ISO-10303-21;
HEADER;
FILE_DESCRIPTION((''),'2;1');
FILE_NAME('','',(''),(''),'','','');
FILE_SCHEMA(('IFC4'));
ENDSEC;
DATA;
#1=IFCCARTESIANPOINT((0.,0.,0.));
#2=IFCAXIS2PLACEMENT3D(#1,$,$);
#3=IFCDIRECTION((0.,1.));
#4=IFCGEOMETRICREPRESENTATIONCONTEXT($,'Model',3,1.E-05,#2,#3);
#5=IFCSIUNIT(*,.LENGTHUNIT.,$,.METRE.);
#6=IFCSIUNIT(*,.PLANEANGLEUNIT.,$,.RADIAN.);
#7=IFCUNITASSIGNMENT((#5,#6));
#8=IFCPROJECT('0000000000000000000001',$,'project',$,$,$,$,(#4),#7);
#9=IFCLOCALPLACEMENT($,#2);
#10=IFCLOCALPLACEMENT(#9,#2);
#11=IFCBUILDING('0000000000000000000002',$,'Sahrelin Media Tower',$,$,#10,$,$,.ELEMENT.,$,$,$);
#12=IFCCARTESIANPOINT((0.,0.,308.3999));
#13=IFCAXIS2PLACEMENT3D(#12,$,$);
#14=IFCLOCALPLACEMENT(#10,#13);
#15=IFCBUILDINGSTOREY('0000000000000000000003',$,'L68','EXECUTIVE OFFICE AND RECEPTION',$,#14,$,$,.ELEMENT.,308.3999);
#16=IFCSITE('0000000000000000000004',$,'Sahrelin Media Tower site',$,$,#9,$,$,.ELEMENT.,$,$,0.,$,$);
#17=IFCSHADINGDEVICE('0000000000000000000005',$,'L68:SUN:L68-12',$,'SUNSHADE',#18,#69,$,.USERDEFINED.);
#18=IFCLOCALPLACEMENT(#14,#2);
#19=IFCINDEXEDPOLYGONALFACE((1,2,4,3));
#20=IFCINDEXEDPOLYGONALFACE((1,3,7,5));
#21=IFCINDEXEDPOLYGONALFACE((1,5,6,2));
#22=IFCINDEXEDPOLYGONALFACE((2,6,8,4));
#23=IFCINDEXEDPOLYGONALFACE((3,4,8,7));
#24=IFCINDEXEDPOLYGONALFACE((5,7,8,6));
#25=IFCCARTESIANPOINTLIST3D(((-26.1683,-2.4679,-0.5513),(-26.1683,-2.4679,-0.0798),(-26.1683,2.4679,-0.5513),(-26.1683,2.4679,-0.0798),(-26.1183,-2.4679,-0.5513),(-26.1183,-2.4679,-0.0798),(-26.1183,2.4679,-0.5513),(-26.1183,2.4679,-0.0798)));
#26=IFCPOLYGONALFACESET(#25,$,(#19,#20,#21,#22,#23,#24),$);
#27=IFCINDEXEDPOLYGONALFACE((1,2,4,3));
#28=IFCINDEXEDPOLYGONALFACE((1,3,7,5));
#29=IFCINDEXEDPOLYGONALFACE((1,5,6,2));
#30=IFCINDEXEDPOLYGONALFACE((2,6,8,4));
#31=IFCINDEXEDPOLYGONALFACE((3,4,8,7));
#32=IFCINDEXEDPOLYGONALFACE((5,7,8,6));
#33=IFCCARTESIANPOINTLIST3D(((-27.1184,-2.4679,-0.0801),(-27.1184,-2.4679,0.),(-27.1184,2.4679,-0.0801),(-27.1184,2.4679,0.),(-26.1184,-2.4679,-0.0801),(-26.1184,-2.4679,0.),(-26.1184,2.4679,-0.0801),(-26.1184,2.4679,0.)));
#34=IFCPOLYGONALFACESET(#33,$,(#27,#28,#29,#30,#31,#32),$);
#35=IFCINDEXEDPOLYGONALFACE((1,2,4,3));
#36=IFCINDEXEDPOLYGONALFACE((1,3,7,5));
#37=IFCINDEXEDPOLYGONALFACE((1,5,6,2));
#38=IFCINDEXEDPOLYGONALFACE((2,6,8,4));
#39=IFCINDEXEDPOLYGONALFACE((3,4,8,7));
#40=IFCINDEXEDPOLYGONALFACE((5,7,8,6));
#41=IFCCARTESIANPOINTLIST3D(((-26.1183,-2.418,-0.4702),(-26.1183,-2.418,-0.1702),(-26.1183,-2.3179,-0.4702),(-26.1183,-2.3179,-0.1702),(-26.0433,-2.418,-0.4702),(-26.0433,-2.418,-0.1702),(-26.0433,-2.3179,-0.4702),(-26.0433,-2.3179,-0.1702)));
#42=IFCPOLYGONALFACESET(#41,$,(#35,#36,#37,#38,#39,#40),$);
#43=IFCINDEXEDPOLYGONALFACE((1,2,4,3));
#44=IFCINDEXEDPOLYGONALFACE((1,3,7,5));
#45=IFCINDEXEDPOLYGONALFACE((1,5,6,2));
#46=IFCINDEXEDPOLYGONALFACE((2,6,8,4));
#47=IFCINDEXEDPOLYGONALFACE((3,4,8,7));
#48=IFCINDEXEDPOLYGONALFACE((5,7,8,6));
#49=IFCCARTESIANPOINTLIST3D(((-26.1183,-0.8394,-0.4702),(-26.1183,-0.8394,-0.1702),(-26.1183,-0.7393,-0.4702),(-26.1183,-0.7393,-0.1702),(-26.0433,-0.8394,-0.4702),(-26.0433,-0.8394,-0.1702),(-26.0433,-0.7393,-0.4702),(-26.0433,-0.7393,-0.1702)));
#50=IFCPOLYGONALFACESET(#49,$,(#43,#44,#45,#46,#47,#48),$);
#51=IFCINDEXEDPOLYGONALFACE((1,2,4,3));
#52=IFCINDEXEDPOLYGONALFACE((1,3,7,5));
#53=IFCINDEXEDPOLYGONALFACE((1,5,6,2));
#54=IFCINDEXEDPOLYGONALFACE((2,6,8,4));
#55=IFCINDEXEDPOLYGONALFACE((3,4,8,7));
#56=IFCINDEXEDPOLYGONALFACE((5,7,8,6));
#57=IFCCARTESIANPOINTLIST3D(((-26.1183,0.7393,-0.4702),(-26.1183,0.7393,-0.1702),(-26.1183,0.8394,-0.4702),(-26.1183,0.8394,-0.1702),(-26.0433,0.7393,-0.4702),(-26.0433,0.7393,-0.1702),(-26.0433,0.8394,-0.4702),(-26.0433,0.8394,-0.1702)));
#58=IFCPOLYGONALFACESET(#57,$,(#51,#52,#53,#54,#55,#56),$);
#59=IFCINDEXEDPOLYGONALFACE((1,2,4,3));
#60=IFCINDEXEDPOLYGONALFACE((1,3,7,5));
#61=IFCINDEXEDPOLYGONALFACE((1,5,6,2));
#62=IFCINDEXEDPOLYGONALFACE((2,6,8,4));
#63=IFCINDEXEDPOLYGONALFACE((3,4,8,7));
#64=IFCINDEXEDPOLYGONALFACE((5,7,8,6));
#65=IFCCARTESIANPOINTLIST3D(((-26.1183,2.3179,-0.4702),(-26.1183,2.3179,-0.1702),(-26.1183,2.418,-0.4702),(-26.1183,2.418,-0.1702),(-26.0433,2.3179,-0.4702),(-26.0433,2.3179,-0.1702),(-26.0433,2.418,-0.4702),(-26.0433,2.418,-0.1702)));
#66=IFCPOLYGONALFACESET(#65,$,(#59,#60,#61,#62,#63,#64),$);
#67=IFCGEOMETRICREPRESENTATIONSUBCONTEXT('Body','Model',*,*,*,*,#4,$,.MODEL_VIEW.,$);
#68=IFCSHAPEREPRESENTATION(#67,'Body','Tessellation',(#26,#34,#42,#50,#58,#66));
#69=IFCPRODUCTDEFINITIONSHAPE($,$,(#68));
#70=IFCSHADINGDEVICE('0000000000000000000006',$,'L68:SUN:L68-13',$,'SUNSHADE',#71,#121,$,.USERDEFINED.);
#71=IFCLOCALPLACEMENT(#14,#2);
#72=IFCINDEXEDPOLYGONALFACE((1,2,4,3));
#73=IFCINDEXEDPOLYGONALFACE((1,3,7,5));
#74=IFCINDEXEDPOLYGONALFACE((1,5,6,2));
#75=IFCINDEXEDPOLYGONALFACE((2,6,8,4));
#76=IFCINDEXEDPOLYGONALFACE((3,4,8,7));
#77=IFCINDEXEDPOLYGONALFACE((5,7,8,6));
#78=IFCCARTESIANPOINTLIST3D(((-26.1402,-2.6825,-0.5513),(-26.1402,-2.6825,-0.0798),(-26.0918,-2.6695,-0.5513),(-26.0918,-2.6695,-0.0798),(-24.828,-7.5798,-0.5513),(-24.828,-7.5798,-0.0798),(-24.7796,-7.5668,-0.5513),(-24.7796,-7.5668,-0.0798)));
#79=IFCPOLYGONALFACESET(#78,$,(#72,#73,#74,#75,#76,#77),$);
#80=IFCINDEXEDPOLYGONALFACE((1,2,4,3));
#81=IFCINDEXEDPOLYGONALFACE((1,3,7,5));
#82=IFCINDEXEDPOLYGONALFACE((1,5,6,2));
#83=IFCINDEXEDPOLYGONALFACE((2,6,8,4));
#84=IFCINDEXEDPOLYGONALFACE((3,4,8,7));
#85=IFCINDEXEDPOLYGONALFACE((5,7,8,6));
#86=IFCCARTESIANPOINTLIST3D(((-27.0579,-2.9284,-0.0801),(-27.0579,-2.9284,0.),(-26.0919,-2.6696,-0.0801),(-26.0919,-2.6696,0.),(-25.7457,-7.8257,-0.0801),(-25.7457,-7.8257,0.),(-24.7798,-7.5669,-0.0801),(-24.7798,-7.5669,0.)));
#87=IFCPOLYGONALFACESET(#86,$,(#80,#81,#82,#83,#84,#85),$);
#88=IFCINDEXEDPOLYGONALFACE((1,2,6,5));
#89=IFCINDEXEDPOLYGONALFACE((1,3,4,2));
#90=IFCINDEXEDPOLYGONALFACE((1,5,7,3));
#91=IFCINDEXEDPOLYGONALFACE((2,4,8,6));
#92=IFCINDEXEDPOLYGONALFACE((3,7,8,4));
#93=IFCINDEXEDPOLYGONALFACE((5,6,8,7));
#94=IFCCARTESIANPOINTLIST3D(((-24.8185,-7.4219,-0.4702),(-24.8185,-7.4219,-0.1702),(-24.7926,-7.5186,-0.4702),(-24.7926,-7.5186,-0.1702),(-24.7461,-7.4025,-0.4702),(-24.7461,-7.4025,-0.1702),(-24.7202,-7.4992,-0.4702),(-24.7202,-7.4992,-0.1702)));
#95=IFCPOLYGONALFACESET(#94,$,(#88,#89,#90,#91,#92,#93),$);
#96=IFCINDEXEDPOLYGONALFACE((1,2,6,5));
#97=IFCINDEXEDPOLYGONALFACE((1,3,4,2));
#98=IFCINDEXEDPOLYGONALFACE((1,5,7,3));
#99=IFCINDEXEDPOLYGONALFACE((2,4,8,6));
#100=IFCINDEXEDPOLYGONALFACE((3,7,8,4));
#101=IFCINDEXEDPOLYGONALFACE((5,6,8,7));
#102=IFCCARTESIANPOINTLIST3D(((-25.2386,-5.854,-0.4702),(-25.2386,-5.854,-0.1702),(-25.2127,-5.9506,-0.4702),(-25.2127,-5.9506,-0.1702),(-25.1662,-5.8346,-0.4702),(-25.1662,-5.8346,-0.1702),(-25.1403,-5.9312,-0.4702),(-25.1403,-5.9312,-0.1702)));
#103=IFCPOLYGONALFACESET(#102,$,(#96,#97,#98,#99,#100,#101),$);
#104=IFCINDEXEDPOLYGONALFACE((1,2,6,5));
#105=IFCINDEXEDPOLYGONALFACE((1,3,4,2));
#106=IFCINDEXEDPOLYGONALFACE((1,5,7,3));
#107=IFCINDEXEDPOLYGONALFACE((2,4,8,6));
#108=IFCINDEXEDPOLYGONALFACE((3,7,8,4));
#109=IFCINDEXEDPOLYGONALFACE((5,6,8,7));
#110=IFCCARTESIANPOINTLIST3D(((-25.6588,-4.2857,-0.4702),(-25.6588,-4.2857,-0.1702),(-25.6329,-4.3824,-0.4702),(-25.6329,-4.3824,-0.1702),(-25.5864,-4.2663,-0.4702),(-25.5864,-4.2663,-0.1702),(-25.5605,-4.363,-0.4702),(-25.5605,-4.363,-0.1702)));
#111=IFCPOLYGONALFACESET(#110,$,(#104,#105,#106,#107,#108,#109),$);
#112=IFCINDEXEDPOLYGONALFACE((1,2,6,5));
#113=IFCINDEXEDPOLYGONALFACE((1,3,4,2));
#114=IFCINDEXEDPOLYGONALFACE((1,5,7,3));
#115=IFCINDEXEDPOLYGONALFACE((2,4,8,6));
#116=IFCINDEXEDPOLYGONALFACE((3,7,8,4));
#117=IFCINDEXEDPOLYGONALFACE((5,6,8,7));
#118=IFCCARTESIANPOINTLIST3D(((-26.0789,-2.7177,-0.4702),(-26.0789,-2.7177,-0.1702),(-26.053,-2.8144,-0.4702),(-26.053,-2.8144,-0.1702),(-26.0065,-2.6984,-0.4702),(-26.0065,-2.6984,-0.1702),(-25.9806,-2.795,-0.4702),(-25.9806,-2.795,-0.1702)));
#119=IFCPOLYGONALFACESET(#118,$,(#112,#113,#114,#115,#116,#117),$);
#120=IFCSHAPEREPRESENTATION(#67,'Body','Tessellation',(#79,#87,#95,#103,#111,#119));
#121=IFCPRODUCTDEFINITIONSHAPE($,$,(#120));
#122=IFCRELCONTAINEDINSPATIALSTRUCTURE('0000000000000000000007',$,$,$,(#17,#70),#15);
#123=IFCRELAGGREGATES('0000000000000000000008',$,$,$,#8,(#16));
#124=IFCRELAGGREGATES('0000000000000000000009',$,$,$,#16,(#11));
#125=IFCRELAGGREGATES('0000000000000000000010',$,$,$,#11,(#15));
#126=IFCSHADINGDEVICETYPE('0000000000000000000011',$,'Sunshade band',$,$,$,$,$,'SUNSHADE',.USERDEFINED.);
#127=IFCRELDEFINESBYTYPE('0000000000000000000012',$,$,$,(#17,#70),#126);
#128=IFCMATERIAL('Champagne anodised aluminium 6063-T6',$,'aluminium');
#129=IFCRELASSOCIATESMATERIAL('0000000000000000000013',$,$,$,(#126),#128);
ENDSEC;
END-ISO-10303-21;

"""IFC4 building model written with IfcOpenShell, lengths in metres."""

from ifc_helpers import new_model, si_unit, direction, frame, origin, origin_2d, place, context, subcontext, project, spatial, rectangle, extrude, material, type_object, element, save


model = new_model("IFC4")

# Units and contexts
model_context = context("Model", 3, precision=1e-05, world=origin(), true_north=direction((0.0, 1.0)))
body_context = subcontext(model_context, "Body", "Model", "MODEL_VIEW")
ifc_project = project(units=[si_unit("LENGTHUNIT", "METRE"), si_unit("PLANEANGLEUNIT", "RADIAN")], contexts=[model_context])

# Site, building, storey
site_placement = place(None, origin())
site = spatial("IfcSite", under=ifc_project, at=site_placement, Name="Sahrelin Media Tower site", CompositionType="ELEMENT", RefElevation=0.0)
building_placement = place(site_placement, origin())
building = spatial("IfcBuilding", under=site, at=building_placement, Name="Sahrelin Media Tower", CompositionType="ELEMENT")
storey_placement = place(building_placement, frame((0.0, 0.0, 308.3999)))
storey = spatial("IfcBuildingStorey", under=building, at=storey_placement, Name="L68", Description="EXECUTIVE OFFICE AND RECEPTION", CompositionType="ELEMENT", Elevation=308.3999)

# Shared definitions
ifc_material_1 = material(Name="Champagne anodised aluminium 6063-T6", Category="aluminium")

# Shading devices
placement_1 = place(storey_placement, frame((-26.0984, 0.0, 0.0), z_axis=(0.0, 0.0, 1.0), x_axis=(0.0, 1.0, 0.0)))
placement_2 = place(storey_placement, frame((-25.4165, -5.113, 0.0), z_axis=(0.0, 0.0, 1.0), x_axis=(-0.258808, 0.965929, 0.0)))
shading_device_type_1 = type_object("IfcShadingDeviceType", Name="Sunshade band", ElementType="SUNSHADE", PredefinedType="USERDEFINED", material=ifc_material_1)
element("IfcShadingDevice", 1, at=placement_1, inside=storey, type_object=shading_device_type_1, Name="L68:SUN:L68-12", ObjectType="SUNSHADE", PredefinedType="USERDEFINED", context=body_context, shape_type="SweptSolid", body=[
    extrude(rectangle(XDim=4.9358, YDim=0.05, at=origin_2d()), frame((0.0, 0.0449, -0.5513)), (0.0, 0.0, 1.0), 0.4714),
    extrude(rectangle(XDim=4.9358, YDim=1.0, at=origin_2d()), frame((0.0, 0.52, -0.0801)), (0.0, 0.0, 1.0), 0.0801),
    extrude(rectangle(XDim=0.1001, YDim=0.075, at=origin_2d()), frame((-2.3679, -0.0176, -0.4702)), (0.0, 0.0, 1.0), 0.3),
    extrude(rectangle(XDim=0.1001, YDim=0.075, at=origin_2d()), frame((-0.7893, -0.0176, -0.4702)), (0.0, 0.0, 1.0), 0.3),
    extrude(rectangle(XDim=0.1001, YDim=0.075, at=origin_2d()), frame((0.7893, -0.0176, -0.4702)), (0.0, 0.0, 1.0), 0.3),
    extrude(rectangle(XDim=0.1001, YDim=0.075, at=origin_2d()), frame((2.3679, -0.0176, -0.4702)), (0.0, 0.0, 1.0), 0.3),
])
element("IfcShadingDevice", 2, at=placement_2, inside=storey, type_object=shading_device_type_1, Name="L68:SUN:L68-13", ObjectType="SUNSHADE", PredefinedType="USERDEFINED", context=body_context, shape_type="SweptSolid", body=[
    extrude(rectangle(XDim=5.0701, YDim=0.05, at=origin_2d()), frame((0.0, 0.0449, -0.5513)), (0.0, 0.0, 1.0), 0.4714),
    extrude(rectangle(XDim=5.0701, YDim=1.0, at=origin_2d()), frame((0.0, 0.52, -0.0801)), (0.0, 0.0, 1.0), 0.0801),
    extrude(rectangle(XDim=0.1001, YDim=0.075, at=origin_2d()), frame((-2.4351, -0.0176, -0.4702)), (0.0, 0.0, 1.0), 0.3),
    extrude(rectangle(XDim=0.1001, YDim=0.075, at=origin_2d()), frame((-0.8118, -0.0176, -0.4702)), (0.0, 0.0, 1.0), 0.3),
    extrude(rectangle(XDim=0.1001, YDim=0.075, at=origin_2d()), frame((0.8118, -0.0176, -0.4702)), (0.0, 0.0, 1.0), 0.3),
    extrude(rectangle(XDim=0.1001, YDim=0.075, at=origin_2d()), frame((2.4351, -0.0176, -0.4702)), (0.0, 0.0, 1.0), 0.3),
])

save(model, "model.ifc")
